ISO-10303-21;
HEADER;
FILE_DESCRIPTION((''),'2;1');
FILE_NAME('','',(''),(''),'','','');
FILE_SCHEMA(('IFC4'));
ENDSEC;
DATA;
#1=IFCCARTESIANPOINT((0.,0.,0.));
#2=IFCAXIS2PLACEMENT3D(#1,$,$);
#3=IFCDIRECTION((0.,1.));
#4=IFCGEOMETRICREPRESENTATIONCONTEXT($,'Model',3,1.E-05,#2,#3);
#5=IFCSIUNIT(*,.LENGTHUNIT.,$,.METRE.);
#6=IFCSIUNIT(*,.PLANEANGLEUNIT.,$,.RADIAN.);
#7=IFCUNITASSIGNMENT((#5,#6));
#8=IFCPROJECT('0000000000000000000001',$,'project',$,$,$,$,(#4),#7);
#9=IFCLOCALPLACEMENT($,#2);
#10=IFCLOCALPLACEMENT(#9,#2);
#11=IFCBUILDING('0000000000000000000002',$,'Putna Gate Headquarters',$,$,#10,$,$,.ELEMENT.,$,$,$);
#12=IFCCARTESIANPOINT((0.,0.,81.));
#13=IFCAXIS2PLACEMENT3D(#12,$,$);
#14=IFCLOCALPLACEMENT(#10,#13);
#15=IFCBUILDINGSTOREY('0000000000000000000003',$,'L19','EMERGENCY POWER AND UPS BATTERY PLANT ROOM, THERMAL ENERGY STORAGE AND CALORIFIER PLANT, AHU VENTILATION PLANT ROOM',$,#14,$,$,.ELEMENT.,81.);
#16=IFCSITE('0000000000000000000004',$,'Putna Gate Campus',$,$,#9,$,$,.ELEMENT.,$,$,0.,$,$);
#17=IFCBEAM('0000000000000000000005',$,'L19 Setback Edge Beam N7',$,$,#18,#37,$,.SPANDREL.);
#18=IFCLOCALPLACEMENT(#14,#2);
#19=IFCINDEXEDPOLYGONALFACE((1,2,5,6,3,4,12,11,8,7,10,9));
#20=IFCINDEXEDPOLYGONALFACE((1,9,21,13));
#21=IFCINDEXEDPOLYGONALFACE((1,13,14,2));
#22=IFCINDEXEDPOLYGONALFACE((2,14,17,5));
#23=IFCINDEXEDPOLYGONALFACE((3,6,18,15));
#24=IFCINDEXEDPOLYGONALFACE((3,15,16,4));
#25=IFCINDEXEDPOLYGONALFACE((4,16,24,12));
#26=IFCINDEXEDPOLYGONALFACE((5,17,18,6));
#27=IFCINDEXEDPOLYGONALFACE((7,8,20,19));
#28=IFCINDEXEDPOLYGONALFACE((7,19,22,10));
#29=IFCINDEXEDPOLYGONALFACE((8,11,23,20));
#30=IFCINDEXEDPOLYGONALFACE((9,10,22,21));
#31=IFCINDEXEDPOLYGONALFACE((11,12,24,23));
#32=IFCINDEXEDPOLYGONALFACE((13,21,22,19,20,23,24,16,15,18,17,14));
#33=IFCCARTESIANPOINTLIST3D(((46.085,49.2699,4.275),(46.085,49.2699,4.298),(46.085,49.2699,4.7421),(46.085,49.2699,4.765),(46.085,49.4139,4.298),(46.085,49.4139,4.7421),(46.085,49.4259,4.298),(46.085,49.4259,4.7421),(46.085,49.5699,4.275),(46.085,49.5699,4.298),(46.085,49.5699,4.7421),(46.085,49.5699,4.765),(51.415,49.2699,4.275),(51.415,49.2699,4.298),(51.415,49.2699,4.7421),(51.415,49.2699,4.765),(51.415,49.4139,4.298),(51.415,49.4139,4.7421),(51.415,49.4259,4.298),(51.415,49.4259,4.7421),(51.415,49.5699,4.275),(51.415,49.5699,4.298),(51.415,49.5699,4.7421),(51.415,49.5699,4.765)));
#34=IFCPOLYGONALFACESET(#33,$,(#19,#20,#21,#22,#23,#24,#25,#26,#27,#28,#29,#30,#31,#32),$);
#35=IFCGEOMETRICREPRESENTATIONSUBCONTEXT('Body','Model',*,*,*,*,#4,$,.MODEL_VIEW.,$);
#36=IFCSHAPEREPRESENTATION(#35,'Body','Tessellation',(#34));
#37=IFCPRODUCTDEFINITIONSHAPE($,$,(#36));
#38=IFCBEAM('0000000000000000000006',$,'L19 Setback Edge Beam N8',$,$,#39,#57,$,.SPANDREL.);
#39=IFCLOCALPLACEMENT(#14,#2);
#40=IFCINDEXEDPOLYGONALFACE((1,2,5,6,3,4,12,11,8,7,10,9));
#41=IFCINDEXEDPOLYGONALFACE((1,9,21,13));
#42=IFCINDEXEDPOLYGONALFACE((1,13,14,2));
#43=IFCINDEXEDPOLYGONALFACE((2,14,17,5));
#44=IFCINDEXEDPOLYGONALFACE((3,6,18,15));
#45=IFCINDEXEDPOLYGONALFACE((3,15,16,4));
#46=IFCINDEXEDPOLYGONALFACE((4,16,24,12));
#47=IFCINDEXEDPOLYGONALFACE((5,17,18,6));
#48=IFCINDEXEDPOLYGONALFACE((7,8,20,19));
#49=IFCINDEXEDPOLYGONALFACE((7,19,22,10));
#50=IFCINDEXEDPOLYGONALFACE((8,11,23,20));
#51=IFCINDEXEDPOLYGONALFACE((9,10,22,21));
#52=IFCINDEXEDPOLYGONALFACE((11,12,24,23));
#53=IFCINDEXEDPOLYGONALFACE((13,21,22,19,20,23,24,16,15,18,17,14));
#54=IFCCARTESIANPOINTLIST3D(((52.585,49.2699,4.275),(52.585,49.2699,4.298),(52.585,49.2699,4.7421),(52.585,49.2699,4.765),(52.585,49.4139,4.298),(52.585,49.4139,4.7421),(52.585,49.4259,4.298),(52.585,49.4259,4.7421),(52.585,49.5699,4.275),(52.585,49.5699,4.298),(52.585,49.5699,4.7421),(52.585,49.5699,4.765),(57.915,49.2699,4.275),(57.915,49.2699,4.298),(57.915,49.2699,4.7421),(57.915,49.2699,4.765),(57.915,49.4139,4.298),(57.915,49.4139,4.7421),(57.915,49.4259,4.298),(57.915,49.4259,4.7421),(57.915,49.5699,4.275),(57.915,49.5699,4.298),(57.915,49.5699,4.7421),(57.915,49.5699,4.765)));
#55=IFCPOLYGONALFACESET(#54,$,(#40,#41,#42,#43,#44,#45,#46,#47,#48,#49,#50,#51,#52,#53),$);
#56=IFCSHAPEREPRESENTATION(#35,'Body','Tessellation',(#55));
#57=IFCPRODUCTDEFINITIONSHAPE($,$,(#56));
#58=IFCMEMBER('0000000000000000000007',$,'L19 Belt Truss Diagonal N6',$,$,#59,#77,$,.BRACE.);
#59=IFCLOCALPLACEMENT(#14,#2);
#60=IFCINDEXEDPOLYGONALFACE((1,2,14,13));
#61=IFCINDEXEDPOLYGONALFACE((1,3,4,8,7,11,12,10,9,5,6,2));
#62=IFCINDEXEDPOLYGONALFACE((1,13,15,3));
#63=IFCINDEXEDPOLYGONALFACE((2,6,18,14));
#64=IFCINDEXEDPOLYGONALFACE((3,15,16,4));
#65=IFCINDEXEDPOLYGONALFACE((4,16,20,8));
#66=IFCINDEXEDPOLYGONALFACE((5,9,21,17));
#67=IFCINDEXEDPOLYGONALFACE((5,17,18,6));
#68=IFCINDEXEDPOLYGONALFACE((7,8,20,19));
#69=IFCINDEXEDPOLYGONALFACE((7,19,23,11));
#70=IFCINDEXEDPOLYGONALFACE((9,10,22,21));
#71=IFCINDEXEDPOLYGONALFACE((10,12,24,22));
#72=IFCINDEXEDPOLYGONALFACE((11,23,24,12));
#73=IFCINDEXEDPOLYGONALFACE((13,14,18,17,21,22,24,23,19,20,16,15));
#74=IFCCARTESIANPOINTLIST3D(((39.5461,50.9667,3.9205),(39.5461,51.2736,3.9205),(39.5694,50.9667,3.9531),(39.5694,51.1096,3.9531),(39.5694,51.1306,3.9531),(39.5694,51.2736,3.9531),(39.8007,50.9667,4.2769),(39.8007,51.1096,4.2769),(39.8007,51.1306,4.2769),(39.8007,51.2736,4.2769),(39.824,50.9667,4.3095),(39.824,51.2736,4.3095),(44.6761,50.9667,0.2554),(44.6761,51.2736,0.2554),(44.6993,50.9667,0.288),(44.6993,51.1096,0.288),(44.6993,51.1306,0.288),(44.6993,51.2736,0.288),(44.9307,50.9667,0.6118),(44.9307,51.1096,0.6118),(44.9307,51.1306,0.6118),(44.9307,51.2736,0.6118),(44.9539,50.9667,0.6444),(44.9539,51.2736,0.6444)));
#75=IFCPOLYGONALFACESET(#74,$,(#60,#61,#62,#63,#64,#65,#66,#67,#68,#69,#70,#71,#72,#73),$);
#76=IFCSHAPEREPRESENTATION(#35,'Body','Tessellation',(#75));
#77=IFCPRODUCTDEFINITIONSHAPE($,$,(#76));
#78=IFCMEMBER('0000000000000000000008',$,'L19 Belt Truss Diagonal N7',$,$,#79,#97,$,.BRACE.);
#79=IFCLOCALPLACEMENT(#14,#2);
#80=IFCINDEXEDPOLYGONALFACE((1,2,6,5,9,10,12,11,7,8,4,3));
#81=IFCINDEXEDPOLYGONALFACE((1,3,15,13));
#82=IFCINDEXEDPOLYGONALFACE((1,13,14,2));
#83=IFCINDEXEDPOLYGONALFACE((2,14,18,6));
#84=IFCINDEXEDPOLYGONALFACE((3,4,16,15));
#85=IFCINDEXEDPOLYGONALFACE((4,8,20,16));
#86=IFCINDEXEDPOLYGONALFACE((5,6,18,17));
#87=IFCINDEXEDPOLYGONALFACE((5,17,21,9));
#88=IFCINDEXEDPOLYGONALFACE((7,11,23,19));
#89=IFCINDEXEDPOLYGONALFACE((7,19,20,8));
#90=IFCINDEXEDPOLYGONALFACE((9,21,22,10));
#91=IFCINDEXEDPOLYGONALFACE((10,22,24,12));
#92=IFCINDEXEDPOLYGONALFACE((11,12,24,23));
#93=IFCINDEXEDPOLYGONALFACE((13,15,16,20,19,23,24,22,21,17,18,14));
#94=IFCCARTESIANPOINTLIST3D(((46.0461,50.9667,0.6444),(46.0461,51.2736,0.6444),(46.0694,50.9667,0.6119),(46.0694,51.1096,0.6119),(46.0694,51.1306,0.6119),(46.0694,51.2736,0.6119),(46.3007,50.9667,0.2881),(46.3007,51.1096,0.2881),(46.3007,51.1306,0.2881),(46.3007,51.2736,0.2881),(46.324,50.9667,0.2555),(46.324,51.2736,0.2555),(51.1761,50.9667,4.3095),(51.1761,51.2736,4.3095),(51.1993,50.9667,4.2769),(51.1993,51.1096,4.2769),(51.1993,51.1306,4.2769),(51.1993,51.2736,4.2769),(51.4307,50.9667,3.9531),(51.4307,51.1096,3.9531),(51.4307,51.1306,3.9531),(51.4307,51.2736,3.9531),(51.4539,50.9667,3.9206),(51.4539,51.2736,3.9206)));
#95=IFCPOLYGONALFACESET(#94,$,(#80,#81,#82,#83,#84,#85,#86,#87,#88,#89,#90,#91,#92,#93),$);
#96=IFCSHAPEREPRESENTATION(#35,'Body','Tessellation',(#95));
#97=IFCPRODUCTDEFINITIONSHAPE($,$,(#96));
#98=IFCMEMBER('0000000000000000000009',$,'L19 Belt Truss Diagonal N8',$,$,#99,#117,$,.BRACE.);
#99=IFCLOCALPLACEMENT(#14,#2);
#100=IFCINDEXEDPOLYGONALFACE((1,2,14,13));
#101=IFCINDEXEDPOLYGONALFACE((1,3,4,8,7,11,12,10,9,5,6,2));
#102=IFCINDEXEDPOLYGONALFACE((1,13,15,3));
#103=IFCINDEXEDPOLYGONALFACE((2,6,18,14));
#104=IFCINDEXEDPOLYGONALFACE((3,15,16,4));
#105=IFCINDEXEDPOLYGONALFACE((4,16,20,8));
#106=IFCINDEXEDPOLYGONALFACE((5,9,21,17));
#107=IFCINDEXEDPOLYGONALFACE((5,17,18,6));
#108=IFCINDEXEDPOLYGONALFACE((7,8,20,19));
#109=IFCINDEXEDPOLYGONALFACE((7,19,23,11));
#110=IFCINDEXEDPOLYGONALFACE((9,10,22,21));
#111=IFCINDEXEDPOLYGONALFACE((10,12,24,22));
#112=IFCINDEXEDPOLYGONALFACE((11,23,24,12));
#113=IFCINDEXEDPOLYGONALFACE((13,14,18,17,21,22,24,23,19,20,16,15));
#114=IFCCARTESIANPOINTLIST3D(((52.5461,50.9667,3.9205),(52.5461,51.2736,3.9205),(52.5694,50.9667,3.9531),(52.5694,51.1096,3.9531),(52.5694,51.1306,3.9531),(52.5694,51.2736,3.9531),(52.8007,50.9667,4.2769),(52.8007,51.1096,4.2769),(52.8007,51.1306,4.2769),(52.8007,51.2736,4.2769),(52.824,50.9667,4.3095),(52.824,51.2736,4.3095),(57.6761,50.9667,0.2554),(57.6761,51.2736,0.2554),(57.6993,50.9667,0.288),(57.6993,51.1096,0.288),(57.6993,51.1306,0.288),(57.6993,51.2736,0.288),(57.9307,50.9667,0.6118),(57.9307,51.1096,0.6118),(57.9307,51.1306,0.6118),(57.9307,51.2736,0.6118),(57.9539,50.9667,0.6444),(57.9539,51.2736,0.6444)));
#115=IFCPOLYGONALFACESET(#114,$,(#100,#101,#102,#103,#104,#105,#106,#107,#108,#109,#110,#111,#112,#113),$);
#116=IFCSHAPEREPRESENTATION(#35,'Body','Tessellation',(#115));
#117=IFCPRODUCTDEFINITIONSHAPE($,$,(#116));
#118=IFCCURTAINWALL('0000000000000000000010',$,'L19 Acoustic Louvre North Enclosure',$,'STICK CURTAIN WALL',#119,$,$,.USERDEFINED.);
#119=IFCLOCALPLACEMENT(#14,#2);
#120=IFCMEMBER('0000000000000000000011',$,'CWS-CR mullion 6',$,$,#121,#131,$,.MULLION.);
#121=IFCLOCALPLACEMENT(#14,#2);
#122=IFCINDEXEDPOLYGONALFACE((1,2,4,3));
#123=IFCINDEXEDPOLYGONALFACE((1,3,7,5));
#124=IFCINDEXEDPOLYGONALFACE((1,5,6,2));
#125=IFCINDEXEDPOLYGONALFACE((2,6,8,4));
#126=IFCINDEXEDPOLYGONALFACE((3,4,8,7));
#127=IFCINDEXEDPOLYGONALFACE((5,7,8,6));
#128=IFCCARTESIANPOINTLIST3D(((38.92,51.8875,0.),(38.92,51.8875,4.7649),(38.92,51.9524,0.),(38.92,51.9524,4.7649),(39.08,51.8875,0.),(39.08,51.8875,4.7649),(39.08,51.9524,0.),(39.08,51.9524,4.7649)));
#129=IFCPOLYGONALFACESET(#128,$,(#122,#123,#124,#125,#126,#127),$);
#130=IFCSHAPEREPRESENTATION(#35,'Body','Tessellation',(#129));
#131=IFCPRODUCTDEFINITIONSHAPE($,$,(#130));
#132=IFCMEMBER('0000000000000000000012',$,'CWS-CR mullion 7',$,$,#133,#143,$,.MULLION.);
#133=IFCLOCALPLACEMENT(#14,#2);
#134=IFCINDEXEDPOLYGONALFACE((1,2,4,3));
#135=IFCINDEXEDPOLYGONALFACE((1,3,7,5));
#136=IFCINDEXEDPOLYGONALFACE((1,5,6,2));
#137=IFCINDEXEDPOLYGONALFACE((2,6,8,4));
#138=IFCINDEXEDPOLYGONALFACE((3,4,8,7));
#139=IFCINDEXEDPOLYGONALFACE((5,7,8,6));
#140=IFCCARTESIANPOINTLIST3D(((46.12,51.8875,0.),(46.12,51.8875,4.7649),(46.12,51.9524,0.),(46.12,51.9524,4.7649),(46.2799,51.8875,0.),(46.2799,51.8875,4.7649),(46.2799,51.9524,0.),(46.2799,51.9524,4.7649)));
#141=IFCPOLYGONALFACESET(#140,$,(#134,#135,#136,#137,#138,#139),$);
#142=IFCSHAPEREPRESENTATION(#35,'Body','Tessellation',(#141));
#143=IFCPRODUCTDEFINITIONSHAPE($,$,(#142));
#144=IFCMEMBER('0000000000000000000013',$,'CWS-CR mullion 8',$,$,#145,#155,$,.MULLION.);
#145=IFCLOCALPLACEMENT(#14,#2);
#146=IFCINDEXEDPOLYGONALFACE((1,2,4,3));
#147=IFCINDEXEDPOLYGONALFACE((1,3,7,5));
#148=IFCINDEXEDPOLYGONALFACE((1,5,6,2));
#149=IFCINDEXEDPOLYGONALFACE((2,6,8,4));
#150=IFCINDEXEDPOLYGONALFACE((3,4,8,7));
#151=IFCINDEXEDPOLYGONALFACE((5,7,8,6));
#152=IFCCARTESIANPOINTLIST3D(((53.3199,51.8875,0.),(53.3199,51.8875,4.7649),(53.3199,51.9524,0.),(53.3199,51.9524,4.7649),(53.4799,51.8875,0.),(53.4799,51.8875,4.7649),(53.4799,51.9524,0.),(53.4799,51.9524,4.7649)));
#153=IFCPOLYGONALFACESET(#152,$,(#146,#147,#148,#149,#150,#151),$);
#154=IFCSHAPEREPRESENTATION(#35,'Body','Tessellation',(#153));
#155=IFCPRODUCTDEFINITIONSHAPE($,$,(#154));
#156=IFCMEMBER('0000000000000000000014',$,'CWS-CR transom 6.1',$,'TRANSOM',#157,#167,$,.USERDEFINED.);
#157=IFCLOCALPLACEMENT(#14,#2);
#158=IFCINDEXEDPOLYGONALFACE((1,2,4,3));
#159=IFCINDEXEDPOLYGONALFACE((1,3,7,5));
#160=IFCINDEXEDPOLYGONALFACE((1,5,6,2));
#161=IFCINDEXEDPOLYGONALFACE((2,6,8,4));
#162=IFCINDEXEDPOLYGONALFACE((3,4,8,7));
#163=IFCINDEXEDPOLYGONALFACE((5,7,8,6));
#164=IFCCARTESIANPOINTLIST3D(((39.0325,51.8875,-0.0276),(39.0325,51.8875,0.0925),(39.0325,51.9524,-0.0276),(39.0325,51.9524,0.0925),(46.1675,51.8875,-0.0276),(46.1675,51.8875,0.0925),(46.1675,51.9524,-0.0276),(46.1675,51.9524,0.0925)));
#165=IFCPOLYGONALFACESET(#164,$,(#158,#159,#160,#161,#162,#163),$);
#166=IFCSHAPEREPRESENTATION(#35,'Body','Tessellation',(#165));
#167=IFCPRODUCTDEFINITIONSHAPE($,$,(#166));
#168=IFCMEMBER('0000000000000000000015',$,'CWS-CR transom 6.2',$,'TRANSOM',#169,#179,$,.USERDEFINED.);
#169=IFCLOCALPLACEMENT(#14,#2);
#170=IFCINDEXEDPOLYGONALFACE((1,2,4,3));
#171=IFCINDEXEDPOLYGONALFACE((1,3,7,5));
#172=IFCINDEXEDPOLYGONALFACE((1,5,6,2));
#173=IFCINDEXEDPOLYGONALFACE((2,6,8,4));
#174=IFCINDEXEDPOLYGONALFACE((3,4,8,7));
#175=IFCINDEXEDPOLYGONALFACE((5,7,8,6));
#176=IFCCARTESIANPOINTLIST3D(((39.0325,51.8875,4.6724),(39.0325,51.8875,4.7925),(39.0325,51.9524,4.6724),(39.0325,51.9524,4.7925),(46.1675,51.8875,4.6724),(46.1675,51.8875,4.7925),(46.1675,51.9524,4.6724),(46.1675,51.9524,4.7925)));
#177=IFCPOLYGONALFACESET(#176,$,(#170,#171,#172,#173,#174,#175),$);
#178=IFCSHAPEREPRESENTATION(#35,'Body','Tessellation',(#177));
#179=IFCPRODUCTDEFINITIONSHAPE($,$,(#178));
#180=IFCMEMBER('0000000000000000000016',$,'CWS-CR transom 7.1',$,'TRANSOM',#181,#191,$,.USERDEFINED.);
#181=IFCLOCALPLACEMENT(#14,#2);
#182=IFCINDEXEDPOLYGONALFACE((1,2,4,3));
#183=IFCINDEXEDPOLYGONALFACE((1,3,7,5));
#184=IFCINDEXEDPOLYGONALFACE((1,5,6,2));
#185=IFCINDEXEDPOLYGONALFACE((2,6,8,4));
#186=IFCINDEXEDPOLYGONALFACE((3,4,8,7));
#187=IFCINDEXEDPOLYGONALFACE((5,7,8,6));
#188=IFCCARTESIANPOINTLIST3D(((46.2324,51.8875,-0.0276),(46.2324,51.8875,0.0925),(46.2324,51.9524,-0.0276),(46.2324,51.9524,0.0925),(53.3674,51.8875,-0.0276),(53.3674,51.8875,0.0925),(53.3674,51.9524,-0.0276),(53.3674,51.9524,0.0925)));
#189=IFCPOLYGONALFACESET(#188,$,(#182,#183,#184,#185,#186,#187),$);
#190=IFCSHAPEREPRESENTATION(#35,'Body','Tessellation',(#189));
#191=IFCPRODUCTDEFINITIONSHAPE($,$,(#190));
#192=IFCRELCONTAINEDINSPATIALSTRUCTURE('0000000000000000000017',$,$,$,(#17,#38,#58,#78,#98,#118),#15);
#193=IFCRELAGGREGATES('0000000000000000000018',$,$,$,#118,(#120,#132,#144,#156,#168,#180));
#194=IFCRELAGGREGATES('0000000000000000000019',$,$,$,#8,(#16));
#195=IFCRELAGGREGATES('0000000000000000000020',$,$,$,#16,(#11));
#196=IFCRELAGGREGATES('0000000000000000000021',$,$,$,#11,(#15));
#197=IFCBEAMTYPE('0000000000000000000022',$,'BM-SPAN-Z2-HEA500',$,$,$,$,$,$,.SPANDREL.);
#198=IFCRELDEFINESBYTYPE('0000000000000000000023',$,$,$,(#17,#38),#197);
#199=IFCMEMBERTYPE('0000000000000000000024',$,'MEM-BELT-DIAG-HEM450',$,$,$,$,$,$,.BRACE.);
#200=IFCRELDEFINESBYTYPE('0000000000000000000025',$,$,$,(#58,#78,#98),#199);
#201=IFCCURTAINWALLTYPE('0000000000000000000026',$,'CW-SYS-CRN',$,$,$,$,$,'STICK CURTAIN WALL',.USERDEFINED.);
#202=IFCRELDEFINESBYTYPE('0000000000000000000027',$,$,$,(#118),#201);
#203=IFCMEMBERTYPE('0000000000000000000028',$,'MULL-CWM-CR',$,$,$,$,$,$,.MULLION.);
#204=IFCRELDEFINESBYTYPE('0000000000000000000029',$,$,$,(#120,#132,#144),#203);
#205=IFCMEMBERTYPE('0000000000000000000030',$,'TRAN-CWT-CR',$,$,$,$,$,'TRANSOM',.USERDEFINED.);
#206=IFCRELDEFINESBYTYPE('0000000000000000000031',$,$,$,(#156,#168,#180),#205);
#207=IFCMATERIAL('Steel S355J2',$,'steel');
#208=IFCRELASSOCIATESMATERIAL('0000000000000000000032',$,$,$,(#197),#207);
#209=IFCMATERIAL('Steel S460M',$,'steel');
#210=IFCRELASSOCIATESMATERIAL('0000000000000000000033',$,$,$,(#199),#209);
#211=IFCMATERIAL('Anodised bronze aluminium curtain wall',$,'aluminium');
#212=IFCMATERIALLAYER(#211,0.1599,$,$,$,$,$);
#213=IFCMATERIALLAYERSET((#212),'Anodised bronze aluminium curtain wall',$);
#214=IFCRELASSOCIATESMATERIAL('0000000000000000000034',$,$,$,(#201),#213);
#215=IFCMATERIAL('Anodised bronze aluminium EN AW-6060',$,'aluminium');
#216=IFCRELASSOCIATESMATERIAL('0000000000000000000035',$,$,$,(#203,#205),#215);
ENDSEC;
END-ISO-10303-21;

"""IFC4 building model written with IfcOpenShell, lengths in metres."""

from ifc_helpers import new_model, si_unit, direction, frame, origin, origin_2d, place, context, subcontext, project, spatial, rectangle, i_section, extrude, material, layer, layer_set, material_profile, profile_set, type_object, element, aggregate, save


model = new_model("IFC4")

# Units and contexts
model_context = context("Model", 3, precision=1e-05, world=origin(), true_north=direction((0.0, 1.0)))
body_context = subcontext(model_context, "Body", "Model", "MODEL_VIEW")
ifc_project = project(units=[si_unit("LENGTHUNIT", "METRE"), si_unit("PLANEANGLEUNIT", "RADIAN")], contexts=[model_context])

# Site, building, storey
site_placement = place(None, origin())
site = spatial("IfcSite", under=ifc_project, at=site_placement, Name="Putna Gate Campus", CompositionType="ELEMENT", RefElevation=0.0)
building_placement = place(site_placement, origin())
building = spatial("IfcBuilding", under=site, at=building_placement, Name="Putna Gate Headquarters", CompositionType="ELEMENT")
storey_placement = place(building_placement, frame((0.0, 0.0, 81.0)))
storey = spatial("IfcBuildingStorey", under=building, at=storey_placement, Name="L19", Description="EMERGENCY POWER AND UPS BATTERY PLANT ROOM, THERMAL ENERGY STORAGE AND CALORIFIER PLANT, AHU VENTILATION PLANT ROOM", CompositionType="ELEMENT", Elevation=81.0)

# Beams
ifc_material_1 = material(Name="Steel S355J2", Category="steel")
ifc_material_profile_1 = material_profile(ifc_material_1, i_section(OverallWidth=0.3, OverallDepth=0.49, WebThickness=0.012, FlangeThickness=0.0229, at=origin_2d()), Name="Steel S355J2")
ifc_profile_set_1 = profile_set([ifc_material_profile_1], Name="Steel S355J2")
beam_type_1 = type_object("IfcBeamType", Name="BM-SPAN-Z2-HEA500", PredefinedType="SPANDREL", material=ifc_profile_set_1)
for number, where, z_axis, x_axis, name in (
    (1, (46.085, 49.4199, 4.52), (1.0, 0.0, 0.0), (0.0, 1.0, 0.0), "L19 Setback Edge Beam N7"),
    (2, (52.585, 49.4199, 4.52), (1.0, 0.0, 0.0), (0.0, 1.0, 0.0), "L19 Setback Edge Beam N8"),
):
    element("IfcBeam", number, at=place(storey_placement, frame(where, z_axis=z_axis, x_axis=x_axis)), inside=storey, type_object=beam_type_1, Name=name, PredefinedType="SPANDREL", context=body_context, shape_type="SweptSolid", body=[
        extrude(i_section(OverallWidth=0.3, OverallDepth=0.49, WebThickness=0.012, FlangeThickness=0.0229, at=origin_2d()), origin(), (0.0, 0.0, 1.0), 5.3301),
    ])

# Members
ifc_material_2 = material(Name="Steel S460M", Category="steel")
ifc_material_profile_2 = material_profile(ifc_material_2, i_section(OverallWidth=0.3069, OverallDepth=0.478, WebThickness=0.021, FlangeThickness=0.04, at=origin_2d()), Name="Steel S460M")
ifc_profile_set_2 = profile_set([ifc_material_profile_2], Name="Steel S460M")
member_type_1 = type_object("IfcMemberType", Name="MEM-BELT-DIAG-HEM450", PredefinedType="BRACE", material=ifc_profile_set_2)
for number, where, z_axis, x_axis, name in (
    (3, (39.6851, 51.1201, 4.115), (0.813671, 0.0, -0.581326), (0.0, 1.0, 0.0), "L19 Belt Truss Diagonal N6"),
    (4, (46.1851, 51.1201, 0.45), (0.813671, 0.0, 0.581326), (0.0, 1.0, 0.0), "L19 Belt Truss Diagonal N7"),
    (5, (52.6851, 51.1201, 4.115), (0.813671, 0.0, -0.581326), (0.0, 1.0, 0.0), "L19 Belt Truss Diagonal N8"),
):
    element("IfcMember", number, at=place(storey_placement, frame(where, z_axis=z_axis, x_axis=x_axis)), inside=storey, type_object=member_type_1, Name=name, PredefinedType="BRACE", context=body_context, shape_type="SweptSolid", body=[
        extrude(i_section(OverallWidth=0.3069, OverallDepth=0.478, WebThickness=0.021, FlangeThickness=0.04, at=origin_2d()), origin(), (0.0, 0.0, 1.0), 6.3047),
    ])

# Curtain wall, members
ifc_material_3 = material(Name="Anodised bronze aluminium curtain wall", Category="aluminium")
ifc_layer_1 = layer(ifc_material_3, 0.1599)
ifc_layer_set_1 = layer_set([ifc_layer_1], Name="Anodised bronze aluminium curtain wall")
curtain_wall_type = type_object("IfcCurtainWallType", Name="CW-SYS-CRN", ElementType="STICK CURTAIN WALL", PredefinedType="USERDEFINED", material=ifc_layer_set_1)
curtain_wall_placement = place(storey_placement, origin())
curtain_wall = element("IfcCurtainWall", 6, at=curtain_wall_placement, inside=storey, type_object=curtain_wall_type, Name="L19 Acoustic Louvre North Enclosure", ObjectType="STICK CURTAIN WALL", PredefinedType="USERDEFINED")
ifc_material_4 = material(Name="Anodised bronze aluminium EN AW-6060", Category="aluminium")
ifc_material_profile_3 = material_profile(ifc_material_4, rectangle(XDim=0.0649, YDim=0.1599, at=origin_2d()), Name="Anodised bronze aluminium EN AW-6060")
ifc_profile_set_3 = profile_set([ifc_material_profile_3], Name="Anodised bronze aluminium EN AW-6060")
member_type_2 = type_object("IfcMemberType", Name="MULL-CWM-CR", PredefinedType="MULLION", material=ifc_profile_set_3)
member_1_placement = place(storey_placement, frame((39.0, 51.9199, 0.0), z_axis=(0.0, 0.0, 1.0), x_axis=(0.0, 1.0, 0.0)))
member_1 = element("IfcMember", 7, at=member_1_placement, type_object=member_type_2, Name="CWS-CR mullion 6", PredefinedType="MULLION", context=body_context, shape_type="SweptSolid", body=[
    extrude(rectangle(XDim=0.0649, YDim=0.1599, at=origin_2d()), origin(), (0.0, 0.0, 1.0), 4.7649),
])
member_2_placement = place(storey_placement, frame((46.2, 51.9199, 0.0), z_axis=(0.0, 0.0, 1.0), x_axis=(0.0, 1.0, 0.0)))
member_2 = element("IfcMember", 8, at=member_2_placement, type_object=member_type_2, Name="CWS-CR mullion 7", PredefinedType="MULLION", context=body_context, shape_type="SweptSolid", body=[
    extrude(rectangle(XDim=0.0649, YDim=0.1599, at=origin_2d()), origin(), (0.0, 0.0, 1.0), 4.7649),
])
member_3_placement = place(storey_placement, frame((53.3999, 51.9199, 0.0), z_axis=(0.0, 0.0, 1.0), x_axis=(0.0, 1.0, 0.0)))
member_3 = element("IfcMember", 9, at=member_3_placement, type_object=member_type_2, Name="CWS-CR mullion 8", PredefinedType="MULLION", context=body_context, shape_type="SweptSolid", body=[
    extrude(rectangle(XDim=0.0649, YDim=0.1599, at=origin_2d()), origin(), (0.0, 0.0, 1.0), 4.7649),
])
ifc_material_profile_4 = material_profile(ifc_material_4, rectangle(XDim=0.0649, YDim=0.1201, at=origin_2d()), Name="Anodised bronze aluminium EN AW-6060")
ifc_profile_set_4 = profile_set([ifc_material_profile_4], Name="Anodised bronze aluminium EN AW-6060")
member_type_3 = type_object("IfcMemberType", Name="TRAN-CWT-CR", ElementType="TRANSOM", PredefinedType="USERDEFINED", material=ifc_profile_set_4)
member_4_placement = place(storey_placement, frame((39.0325, 51.9199, 0.0325), z_axis=(1.0, 0.0, 0.0), x_axis=(0.0, 1.0, 0.0)))
member_4 = element("IfcMember", 10, at=member_4_placement, type_object=member_type_3, Name="CWS-CR transom 6.1", ObjectType="TRANSOM", PredefinedType="USERDEFINED", context=body_context, shape_type="SweptSolid", body=[
    extrude(rectangle(XDim=0.0649, YDim=0.1201, at=origin_2d()), origin(), (0.0, 0.0, 1.0), 7.135),
])
member_5_placement = place(storey_placement, frame((39.0325, 51.9199, 4.7324), z_axis=(1.0, 0.0, 0.0), x_axis=(0.0, 1.0, 0.0)))
member_5 = element("IfcMember", 11, at=member_5_placement, type_object=member_type_3, Name="CWS-CR transom 6.2", ObjectType="TRANSOM", PredefinedType="USERDEFINED", context=body_context, shape_type="SweptSolid", body=[
    extrude(rectangle(XDim=0.0649, YDim=0.1201, at=origin_2d()), origin(), (0.0, 0.0, 1.0), 7.135),
])
member_6_placement = place(storey_placement, frame((46.2324, 51.9199, 0.0325), z_axis=(1.0, 0.0, 0.0), x_axis=(0.0, 1.0, 0.0)))
member_6 = element("IfcMember", 12, at=member_6_placement, type_object=member_type_3, Name="CWS-CR transom 7.1", ObjectType="TRANSOM", PredefinedType="USERDEFINED", context=body_context, shape_type="SweptSolid", body=[
    extrude(rectangle(XDim=0.0649, YDim=0.1201, at=origin_2d()), origin(), (0.0, 0.0, 1.0), 7.135),
])
aggregate(curtain_wall, [member_1, member_2, member_3, member_4, member_5, member_6])

save(model, "model.ifc")
